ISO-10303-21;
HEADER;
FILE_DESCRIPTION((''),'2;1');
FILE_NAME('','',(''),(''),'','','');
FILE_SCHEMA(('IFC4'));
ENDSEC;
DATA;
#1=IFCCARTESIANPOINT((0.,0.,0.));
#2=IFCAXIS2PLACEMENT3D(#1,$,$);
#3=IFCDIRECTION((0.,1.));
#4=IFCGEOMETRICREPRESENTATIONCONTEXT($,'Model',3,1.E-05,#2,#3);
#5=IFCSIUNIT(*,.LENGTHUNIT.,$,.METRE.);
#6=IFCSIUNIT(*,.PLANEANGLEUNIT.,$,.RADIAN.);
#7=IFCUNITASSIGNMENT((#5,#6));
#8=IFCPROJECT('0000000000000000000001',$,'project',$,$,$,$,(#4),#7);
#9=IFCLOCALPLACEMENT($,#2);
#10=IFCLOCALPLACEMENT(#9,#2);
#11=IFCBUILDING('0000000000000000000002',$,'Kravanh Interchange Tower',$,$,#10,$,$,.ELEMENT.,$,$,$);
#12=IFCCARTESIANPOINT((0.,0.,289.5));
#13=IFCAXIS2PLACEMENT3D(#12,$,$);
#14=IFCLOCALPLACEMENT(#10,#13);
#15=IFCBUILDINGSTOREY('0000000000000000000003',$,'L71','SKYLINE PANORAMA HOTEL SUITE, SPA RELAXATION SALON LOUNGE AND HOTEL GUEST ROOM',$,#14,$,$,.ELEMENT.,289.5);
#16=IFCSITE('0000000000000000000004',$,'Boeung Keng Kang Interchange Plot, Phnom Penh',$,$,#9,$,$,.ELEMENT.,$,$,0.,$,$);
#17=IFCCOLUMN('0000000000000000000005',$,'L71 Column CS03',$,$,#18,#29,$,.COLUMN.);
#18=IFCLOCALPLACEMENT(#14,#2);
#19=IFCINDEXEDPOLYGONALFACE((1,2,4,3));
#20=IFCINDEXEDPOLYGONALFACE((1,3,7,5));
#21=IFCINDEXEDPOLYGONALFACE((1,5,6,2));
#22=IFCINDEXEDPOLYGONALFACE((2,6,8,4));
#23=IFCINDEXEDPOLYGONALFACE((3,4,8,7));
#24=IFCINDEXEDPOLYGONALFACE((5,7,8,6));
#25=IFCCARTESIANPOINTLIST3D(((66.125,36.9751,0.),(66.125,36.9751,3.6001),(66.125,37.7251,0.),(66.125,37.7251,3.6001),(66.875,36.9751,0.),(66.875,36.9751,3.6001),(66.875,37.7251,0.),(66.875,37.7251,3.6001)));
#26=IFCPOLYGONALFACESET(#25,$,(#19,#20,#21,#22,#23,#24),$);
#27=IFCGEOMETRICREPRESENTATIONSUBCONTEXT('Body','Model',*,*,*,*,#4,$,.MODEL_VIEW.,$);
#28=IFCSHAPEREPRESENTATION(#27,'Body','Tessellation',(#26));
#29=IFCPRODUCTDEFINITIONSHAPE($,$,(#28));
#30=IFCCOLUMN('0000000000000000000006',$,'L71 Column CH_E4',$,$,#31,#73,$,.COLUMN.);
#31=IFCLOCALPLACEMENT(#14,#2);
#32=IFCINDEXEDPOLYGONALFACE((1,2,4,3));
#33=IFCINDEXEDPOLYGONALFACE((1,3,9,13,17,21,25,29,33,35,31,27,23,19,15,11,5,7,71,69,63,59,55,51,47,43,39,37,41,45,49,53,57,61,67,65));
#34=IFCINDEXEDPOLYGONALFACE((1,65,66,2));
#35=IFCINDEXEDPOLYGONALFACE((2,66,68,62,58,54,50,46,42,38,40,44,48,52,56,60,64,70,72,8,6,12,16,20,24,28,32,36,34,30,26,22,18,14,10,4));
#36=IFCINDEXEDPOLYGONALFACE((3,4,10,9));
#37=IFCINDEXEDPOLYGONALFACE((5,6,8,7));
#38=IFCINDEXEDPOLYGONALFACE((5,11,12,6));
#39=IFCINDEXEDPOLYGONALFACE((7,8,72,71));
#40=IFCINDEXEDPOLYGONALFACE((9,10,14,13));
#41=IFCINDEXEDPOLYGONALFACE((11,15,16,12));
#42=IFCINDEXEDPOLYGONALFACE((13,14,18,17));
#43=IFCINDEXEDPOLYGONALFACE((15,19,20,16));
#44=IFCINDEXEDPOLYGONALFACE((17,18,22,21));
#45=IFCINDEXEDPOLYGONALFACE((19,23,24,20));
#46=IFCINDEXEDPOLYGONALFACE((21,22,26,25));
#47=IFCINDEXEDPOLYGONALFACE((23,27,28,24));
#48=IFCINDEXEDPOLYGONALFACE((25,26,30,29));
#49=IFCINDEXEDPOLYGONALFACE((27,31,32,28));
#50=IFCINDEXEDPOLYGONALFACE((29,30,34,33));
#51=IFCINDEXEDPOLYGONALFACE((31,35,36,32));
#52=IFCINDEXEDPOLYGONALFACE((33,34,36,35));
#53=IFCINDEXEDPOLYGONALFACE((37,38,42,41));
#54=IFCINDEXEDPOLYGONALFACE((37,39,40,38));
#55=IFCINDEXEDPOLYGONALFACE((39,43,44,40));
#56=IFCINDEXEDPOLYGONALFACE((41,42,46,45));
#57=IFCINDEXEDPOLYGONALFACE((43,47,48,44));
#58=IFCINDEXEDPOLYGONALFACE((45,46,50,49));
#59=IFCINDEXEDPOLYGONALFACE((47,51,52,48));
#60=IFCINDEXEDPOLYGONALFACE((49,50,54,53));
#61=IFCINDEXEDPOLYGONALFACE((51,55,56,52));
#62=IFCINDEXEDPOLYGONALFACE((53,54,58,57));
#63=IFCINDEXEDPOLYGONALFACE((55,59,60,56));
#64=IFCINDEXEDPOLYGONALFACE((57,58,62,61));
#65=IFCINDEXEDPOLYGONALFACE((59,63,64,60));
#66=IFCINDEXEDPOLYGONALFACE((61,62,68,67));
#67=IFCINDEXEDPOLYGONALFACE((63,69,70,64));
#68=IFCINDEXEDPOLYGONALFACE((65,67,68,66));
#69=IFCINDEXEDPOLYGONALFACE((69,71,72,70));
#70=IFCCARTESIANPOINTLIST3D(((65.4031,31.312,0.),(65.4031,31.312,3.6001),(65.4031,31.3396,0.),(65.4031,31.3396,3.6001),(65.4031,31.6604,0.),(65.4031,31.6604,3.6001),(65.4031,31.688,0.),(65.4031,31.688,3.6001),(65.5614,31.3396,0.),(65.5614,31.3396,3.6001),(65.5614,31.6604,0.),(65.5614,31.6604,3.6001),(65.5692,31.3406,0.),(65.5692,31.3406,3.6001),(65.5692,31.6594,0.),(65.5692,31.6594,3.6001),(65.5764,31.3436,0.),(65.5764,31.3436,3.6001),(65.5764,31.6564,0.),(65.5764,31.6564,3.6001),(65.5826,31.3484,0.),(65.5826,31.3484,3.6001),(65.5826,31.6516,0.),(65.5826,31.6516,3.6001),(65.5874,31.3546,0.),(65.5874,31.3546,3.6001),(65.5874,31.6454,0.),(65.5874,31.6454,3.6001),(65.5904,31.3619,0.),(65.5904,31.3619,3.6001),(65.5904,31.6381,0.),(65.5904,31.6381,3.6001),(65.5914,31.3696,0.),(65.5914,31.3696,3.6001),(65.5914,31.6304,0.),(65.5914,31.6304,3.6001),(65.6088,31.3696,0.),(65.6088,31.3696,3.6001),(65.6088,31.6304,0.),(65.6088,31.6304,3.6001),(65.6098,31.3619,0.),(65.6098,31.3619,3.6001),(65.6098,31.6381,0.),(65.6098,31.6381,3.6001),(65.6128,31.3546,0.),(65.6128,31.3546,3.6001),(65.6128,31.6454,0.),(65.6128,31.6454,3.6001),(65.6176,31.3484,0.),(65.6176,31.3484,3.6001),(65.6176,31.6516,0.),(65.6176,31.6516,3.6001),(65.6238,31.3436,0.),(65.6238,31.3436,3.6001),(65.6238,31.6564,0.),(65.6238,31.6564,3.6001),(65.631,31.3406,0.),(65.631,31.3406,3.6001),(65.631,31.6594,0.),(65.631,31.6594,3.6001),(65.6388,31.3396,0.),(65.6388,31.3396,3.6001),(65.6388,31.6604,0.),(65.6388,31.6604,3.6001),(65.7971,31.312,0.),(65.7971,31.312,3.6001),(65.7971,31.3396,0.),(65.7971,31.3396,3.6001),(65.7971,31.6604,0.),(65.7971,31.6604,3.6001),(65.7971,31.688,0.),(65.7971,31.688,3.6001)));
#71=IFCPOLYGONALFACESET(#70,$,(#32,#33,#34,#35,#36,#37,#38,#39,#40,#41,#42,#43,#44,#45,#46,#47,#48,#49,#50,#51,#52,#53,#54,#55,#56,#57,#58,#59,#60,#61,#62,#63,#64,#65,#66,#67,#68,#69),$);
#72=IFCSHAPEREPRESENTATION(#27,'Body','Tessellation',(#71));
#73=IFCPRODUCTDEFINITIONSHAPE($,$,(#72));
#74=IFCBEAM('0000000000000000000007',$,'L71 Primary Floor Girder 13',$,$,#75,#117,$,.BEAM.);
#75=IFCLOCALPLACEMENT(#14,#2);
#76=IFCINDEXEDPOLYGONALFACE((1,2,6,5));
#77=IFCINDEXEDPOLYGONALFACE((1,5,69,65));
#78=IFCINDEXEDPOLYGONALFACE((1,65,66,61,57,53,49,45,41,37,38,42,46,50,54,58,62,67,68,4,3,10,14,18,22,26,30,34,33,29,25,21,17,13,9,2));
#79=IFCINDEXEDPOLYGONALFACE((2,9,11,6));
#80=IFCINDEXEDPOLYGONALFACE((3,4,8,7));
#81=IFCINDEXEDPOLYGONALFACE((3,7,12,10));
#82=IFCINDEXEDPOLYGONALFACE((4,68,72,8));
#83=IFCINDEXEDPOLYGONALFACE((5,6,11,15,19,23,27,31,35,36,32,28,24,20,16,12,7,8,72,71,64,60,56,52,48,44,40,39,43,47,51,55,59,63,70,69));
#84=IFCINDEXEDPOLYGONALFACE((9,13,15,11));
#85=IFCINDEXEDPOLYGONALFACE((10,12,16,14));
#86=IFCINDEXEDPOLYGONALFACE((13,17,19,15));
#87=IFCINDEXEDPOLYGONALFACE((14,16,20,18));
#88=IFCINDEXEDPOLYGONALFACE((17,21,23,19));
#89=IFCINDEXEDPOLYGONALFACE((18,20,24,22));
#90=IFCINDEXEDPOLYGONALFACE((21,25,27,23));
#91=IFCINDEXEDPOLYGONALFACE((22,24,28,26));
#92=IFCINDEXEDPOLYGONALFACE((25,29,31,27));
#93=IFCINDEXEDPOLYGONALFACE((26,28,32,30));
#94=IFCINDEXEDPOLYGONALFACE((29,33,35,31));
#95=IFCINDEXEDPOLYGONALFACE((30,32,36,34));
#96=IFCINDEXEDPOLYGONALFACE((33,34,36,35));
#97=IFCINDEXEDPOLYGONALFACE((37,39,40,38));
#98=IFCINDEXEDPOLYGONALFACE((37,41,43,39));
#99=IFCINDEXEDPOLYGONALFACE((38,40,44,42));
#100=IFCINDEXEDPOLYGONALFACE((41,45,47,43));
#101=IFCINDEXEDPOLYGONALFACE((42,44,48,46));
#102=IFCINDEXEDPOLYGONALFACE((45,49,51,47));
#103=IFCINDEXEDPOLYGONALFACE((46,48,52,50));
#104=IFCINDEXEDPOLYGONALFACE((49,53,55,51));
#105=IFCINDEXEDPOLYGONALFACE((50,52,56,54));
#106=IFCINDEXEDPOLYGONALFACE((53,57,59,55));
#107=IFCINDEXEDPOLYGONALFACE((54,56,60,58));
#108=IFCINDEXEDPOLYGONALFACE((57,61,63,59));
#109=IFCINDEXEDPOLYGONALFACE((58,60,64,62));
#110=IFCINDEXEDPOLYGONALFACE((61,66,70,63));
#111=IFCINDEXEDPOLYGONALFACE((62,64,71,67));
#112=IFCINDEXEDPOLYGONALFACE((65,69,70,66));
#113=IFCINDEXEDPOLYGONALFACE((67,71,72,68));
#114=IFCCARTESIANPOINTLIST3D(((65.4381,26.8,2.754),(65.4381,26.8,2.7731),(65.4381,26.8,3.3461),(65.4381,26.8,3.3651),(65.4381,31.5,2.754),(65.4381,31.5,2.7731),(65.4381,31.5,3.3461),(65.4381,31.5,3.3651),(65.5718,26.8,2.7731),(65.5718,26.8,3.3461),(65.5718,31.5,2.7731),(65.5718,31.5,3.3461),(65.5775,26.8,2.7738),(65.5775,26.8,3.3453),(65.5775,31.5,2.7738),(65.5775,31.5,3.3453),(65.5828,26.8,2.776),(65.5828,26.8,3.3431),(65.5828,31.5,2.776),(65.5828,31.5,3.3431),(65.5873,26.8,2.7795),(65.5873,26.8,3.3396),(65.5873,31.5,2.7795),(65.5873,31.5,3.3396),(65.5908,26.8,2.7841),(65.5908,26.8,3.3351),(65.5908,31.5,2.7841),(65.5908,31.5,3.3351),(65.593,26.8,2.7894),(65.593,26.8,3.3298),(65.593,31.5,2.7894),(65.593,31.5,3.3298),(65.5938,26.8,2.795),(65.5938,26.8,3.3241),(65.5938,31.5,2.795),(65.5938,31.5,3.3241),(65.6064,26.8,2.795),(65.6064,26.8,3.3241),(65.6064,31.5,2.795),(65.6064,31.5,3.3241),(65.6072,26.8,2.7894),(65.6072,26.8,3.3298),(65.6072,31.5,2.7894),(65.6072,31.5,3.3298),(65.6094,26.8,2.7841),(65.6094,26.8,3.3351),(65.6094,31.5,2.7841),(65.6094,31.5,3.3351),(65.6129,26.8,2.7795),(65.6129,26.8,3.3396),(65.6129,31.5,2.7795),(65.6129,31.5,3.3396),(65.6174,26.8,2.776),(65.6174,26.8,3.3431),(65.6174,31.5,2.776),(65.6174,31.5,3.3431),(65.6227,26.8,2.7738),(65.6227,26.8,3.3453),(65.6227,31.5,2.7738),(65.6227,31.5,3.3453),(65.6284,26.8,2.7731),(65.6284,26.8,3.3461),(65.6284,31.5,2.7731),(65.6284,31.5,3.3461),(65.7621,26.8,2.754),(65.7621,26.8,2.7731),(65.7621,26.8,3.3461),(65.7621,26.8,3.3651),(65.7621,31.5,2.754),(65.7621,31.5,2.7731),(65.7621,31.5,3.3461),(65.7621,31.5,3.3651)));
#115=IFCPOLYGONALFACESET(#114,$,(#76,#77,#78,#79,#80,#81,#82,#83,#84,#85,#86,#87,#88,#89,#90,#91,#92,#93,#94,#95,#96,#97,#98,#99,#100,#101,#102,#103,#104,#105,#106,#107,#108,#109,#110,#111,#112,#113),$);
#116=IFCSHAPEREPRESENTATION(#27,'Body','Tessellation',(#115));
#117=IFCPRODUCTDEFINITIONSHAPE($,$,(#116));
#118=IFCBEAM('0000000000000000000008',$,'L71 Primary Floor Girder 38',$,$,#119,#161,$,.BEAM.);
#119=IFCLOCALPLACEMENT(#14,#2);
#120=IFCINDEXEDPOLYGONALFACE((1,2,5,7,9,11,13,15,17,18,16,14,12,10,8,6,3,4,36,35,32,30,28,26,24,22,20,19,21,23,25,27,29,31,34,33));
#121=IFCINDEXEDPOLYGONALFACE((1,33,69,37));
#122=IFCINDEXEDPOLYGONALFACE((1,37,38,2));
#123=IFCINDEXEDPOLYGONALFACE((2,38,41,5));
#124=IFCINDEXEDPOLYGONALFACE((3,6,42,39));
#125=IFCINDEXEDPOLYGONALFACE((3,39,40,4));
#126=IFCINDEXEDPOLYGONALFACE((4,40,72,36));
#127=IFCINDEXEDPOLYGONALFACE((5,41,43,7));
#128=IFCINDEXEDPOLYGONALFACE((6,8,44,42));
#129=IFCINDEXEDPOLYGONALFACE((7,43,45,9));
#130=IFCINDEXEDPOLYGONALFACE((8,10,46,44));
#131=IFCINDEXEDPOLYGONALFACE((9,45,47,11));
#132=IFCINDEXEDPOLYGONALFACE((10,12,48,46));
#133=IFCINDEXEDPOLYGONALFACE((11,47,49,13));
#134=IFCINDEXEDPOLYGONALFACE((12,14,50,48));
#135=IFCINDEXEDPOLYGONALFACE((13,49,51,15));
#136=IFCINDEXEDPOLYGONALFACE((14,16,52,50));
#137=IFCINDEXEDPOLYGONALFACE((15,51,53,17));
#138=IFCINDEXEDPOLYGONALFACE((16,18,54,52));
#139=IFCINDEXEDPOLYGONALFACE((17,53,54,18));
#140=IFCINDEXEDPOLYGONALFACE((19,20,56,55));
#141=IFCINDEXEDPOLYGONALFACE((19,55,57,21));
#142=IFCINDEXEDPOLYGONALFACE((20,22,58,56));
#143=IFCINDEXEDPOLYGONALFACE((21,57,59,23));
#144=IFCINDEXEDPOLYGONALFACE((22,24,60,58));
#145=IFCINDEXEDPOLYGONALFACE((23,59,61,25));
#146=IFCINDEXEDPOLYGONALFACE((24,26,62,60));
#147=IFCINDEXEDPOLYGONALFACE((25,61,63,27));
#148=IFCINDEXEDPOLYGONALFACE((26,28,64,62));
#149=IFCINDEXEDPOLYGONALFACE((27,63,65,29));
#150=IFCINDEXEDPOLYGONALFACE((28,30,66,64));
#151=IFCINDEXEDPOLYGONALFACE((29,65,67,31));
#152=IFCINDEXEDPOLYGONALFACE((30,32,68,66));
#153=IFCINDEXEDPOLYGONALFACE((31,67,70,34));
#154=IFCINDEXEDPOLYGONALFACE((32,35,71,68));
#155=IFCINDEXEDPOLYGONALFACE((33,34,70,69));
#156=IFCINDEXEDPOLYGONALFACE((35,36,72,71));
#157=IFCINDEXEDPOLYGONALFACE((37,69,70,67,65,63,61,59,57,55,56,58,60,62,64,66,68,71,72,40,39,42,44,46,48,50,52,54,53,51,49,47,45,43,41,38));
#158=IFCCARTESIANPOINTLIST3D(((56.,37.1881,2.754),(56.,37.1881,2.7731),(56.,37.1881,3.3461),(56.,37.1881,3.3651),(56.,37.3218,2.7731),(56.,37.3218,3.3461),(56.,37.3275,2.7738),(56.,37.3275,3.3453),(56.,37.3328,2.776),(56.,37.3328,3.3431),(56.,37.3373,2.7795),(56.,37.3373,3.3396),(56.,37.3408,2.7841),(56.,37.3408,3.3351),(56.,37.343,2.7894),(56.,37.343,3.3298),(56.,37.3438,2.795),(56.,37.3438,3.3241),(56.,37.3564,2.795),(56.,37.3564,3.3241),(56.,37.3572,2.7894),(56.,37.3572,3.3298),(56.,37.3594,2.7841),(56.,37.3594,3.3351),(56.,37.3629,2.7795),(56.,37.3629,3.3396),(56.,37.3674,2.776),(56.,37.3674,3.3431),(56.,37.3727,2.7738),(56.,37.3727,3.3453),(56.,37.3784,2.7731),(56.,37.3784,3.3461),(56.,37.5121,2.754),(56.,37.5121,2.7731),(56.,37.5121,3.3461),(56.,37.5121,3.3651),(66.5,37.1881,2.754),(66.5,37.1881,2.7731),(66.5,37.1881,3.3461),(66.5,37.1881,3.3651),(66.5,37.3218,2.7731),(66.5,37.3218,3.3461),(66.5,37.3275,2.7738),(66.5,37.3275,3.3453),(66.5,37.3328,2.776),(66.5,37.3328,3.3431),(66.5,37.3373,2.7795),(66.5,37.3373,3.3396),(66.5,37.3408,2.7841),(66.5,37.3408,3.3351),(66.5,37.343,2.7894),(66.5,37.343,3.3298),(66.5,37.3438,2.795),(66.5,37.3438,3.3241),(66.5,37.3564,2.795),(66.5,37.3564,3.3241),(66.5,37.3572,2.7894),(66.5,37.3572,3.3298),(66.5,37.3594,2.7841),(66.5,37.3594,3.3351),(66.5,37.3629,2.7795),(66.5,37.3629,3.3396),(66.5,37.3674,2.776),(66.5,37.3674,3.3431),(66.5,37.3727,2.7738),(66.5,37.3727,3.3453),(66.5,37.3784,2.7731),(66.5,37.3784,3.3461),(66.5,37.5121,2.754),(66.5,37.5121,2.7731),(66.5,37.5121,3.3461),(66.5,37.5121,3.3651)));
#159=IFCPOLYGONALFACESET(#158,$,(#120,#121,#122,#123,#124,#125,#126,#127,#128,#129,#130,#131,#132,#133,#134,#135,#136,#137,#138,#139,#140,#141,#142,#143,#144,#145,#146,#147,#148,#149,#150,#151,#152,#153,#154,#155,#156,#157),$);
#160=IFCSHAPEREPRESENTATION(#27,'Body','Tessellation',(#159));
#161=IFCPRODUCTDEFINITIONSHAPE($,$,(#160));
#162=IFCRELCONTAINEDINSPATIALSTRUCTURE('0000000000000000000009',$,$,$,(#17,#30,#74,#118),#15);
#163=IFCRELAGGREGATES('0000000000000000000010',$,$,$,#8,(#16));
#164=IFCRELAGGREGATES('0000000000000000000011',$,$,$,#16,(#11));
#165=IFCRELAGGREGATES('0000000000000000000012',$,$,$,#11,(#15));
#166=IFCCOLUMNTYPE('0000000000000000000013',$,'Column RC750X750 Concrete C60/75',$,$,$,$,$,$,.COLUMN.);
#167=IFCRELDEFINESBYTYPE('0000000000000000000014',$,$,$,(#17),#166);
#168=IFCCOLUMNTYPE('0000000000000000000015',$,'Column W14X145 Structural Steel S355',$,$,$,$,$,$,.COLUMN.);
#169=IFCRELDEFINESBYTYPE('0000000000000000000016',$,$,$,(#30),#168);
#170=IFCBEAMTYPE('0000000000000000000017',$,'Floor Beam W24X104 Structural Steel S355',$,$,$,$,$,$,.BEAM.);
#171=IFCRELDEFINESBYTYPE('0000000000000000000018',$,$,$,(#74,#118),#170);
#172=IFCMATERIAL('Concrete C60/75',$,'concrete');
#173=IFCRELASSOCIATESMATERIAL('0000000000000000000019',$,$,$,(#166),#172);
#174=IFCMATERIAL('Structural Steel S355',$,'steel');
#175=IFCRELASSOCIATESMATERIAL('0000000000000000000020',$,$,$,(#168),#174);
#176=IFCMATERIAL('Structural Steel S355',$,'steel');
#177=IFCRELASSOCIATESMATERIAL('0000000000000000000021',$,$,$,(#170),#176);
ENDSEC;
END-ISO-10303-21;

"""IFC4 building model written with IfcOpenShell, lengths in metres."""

from ifc_helpers import new_model, si_unit, direction, frame, origin, origin_2d, place, context, subcontext, project, spatial, rectangle, i_section, extrude, material, material_profile, profile_set, type_object, element, save


model = new_model("IFC4")

# Units and contexts
model_context = context("Model", 3, precision=1e-05, world=origin(), true_north=direction((0.0, 1.0)))
body_context = subcontext(model_context, "Body", "Model", "MODEL_VIEW")
ifc_project = project(units=[si_unit("LENGTHUNIT", "METRE"), si_unit("PLANEANGLEUNIT", "RADIAN")], contexts=[model_context])

# Site, building, storey
site_placement = place(None, origin())
site = spatial("IfcSite", under=ifc_project, at=site_placement, Name="Boeung Keng Kang Interchange Plot, Phnom Penh", CompositionType="ELEMENT", RefElevation=0.0)
building_placement = place(site_placement, origin())
building = spatial("IfcBuilding", under=site, at=building_placement, Name="Kravanh Interchange Tower", CompositionType="ELEMENT")
storey_placement = place(building_placement, frame((0.0, 0.0, 289.5)))
storey = spatial("IfcBuildingStorey", under=building, at=storey_placement, Name="L71", Description="SKYLINE PANORAMA HOTEL SUITE, SPA RELAXATION SALON LOUNGE AND HOTEL GUEST ROOM", CompositionType="ELEMENT", Elevation=289.5)

# Columns
ifc_material_1 = material(Name="Concrete C60/75", Category="concrete")
ifc_material_profile_1 = material_profile(ifc_material_1, rectangle(XDim=0.75, YDim=0.75, at=origin_2d()), Name="RC750X750")
ifc_profile_set_1 = profile_set([ifc_material_profile_1], Name="Concrete C60/75")
column_type_1 = type_object("IfcColumnType", Name="Column RC750X750 Concrete C60/75", PredefinedType="COLUMN", material=ifc_profile_set_1)
column_1_placement = place(storey_placement, frame((66.5, 37.3501, 0.0), z_axis=(0.0, 0.0, 1.0), x_axis=(1.0, 0.0, 0.0)))
element("IfcColumn", 1, at=column_1_placement, inside=storey, type_object=column_type_1, Name="L71 Column CS03", PredefinedType="COLUMN", context=body_context, shape_type="SweptSolid", body=[
    extrude(rectangle(XDim=0.75, YDim=0.75, at=origin_2d()), origin(), (0.0, 0.0, 1.0), 3.6001),
])
ifc_material_2 = material(Name="Structural Steel S355", Category="steel")
ifc_material_profile_2 = material_profile(ifc_material_2, i_section(OverallWidth=0.394, OverallDepth=0.376, WebThickness=0.0173, FlangeThickness=0.0276, FilletRadius=0.03, at=origin_2d()), Name="W14X145")
ifc_profile_set_2 = profile_set([ifc_material_profile_2], Name="Structural Steel S355")
column_type_2 = type_object("IfcColumnType", Name="Column W14X145 Structural Steel S355", PredefinedType="COLUMN", material=ifc_profile_set_2)
column_2_placement = place(storey_placement, frame((65.6001, 31.5, 0.0), z_axis=(0.0, 0.0, 1.0), x_axis=(1.0, 0.0, 0.0)))
element("IfcColumn", 2, at=column_2_placement, inside=storey, type_object=column_type_2, Name="L71 Column CH_E4", PredefinedType="COLUMN", context=body_context, shape_type="SweptSolid", body=[
    extrude(i_section(OverallWidth=0.394, OverallDepth=0.376, WebThickness=0.0173, FlangeThickness=0.0276, FilletRadius=0.03, at=origin_2d()), origin(), (0.0, 0.0, 1.0), 3.6001),
])

# Beams
ifc_material_3 = material(Name="Structural Steel S355", Category="steel")
ifc_material_profile_3 = material_profile(ifc_material_3, i_section(OverallWidth=0.324, OverallDepth=0.6111, WebThickness=0.0127, FlangeThickness=0.019, FilletRadius=0.022, at=origin_2d()), Name="W24X104")
ifc_profile_set_3 = profile_set([ifc_material_profile_3], Name="Structural Steel S355")
beam_type_1 = type_object("IfcBeamType", Name="Floor Beam W24X104 Structural Steel S355", PredefinedType="BEAM", material=ifc_profile_set_3)
beam_1_placement = place(storey_placement, frame((65.6001, 31.5, 3.0596), z_axis=(0.0, -1.0, 0.0), x_axis=(1.0, 0.0, 0.0)))
element("IfcBeam", 3, at=beam_1_placement, inside=storey, type_object=beam_type_1, Name="L71 Primary Floor Girder 13", PredefinedType="BEAM", context=body_context, shape_type="SweptSolid", body=[
    extrude(i_section(OverallWidth=0.324, OverallDepth=0.6111, WebThickness=0.0127, FlangeThickness=0.019, FilletRadius=0.022, at=origin_2d()), origin(), (0.0, 0.0, 1.0), 4.7),
])
beam_2_placement = place(storey_placement, frame((66.5, 37.3501, 3.0596), z_axis=(-1.0, 0.0, 0.0), x_axis=(0.0, -1.0, 0.0)))
element("IfcBeam", 4, at=beam_2_placement, inside=storey, type_object=beam_type_1, Name="L71 Primary Floor Girder 38", PredefinedType="BEAM", context=body_context, shape_type="SweptSolid", body=[
    extrude(i_section(OverallWidth=0.324, OverallDepth=0.6111, WebThickness=0.0127, FlangeThickness=0.019, FilletRadius=0.022, at=origin_2d()), origin(), (0.0, 0.0, 1.0), 10.5),
])

save(model, "model.ifc")
